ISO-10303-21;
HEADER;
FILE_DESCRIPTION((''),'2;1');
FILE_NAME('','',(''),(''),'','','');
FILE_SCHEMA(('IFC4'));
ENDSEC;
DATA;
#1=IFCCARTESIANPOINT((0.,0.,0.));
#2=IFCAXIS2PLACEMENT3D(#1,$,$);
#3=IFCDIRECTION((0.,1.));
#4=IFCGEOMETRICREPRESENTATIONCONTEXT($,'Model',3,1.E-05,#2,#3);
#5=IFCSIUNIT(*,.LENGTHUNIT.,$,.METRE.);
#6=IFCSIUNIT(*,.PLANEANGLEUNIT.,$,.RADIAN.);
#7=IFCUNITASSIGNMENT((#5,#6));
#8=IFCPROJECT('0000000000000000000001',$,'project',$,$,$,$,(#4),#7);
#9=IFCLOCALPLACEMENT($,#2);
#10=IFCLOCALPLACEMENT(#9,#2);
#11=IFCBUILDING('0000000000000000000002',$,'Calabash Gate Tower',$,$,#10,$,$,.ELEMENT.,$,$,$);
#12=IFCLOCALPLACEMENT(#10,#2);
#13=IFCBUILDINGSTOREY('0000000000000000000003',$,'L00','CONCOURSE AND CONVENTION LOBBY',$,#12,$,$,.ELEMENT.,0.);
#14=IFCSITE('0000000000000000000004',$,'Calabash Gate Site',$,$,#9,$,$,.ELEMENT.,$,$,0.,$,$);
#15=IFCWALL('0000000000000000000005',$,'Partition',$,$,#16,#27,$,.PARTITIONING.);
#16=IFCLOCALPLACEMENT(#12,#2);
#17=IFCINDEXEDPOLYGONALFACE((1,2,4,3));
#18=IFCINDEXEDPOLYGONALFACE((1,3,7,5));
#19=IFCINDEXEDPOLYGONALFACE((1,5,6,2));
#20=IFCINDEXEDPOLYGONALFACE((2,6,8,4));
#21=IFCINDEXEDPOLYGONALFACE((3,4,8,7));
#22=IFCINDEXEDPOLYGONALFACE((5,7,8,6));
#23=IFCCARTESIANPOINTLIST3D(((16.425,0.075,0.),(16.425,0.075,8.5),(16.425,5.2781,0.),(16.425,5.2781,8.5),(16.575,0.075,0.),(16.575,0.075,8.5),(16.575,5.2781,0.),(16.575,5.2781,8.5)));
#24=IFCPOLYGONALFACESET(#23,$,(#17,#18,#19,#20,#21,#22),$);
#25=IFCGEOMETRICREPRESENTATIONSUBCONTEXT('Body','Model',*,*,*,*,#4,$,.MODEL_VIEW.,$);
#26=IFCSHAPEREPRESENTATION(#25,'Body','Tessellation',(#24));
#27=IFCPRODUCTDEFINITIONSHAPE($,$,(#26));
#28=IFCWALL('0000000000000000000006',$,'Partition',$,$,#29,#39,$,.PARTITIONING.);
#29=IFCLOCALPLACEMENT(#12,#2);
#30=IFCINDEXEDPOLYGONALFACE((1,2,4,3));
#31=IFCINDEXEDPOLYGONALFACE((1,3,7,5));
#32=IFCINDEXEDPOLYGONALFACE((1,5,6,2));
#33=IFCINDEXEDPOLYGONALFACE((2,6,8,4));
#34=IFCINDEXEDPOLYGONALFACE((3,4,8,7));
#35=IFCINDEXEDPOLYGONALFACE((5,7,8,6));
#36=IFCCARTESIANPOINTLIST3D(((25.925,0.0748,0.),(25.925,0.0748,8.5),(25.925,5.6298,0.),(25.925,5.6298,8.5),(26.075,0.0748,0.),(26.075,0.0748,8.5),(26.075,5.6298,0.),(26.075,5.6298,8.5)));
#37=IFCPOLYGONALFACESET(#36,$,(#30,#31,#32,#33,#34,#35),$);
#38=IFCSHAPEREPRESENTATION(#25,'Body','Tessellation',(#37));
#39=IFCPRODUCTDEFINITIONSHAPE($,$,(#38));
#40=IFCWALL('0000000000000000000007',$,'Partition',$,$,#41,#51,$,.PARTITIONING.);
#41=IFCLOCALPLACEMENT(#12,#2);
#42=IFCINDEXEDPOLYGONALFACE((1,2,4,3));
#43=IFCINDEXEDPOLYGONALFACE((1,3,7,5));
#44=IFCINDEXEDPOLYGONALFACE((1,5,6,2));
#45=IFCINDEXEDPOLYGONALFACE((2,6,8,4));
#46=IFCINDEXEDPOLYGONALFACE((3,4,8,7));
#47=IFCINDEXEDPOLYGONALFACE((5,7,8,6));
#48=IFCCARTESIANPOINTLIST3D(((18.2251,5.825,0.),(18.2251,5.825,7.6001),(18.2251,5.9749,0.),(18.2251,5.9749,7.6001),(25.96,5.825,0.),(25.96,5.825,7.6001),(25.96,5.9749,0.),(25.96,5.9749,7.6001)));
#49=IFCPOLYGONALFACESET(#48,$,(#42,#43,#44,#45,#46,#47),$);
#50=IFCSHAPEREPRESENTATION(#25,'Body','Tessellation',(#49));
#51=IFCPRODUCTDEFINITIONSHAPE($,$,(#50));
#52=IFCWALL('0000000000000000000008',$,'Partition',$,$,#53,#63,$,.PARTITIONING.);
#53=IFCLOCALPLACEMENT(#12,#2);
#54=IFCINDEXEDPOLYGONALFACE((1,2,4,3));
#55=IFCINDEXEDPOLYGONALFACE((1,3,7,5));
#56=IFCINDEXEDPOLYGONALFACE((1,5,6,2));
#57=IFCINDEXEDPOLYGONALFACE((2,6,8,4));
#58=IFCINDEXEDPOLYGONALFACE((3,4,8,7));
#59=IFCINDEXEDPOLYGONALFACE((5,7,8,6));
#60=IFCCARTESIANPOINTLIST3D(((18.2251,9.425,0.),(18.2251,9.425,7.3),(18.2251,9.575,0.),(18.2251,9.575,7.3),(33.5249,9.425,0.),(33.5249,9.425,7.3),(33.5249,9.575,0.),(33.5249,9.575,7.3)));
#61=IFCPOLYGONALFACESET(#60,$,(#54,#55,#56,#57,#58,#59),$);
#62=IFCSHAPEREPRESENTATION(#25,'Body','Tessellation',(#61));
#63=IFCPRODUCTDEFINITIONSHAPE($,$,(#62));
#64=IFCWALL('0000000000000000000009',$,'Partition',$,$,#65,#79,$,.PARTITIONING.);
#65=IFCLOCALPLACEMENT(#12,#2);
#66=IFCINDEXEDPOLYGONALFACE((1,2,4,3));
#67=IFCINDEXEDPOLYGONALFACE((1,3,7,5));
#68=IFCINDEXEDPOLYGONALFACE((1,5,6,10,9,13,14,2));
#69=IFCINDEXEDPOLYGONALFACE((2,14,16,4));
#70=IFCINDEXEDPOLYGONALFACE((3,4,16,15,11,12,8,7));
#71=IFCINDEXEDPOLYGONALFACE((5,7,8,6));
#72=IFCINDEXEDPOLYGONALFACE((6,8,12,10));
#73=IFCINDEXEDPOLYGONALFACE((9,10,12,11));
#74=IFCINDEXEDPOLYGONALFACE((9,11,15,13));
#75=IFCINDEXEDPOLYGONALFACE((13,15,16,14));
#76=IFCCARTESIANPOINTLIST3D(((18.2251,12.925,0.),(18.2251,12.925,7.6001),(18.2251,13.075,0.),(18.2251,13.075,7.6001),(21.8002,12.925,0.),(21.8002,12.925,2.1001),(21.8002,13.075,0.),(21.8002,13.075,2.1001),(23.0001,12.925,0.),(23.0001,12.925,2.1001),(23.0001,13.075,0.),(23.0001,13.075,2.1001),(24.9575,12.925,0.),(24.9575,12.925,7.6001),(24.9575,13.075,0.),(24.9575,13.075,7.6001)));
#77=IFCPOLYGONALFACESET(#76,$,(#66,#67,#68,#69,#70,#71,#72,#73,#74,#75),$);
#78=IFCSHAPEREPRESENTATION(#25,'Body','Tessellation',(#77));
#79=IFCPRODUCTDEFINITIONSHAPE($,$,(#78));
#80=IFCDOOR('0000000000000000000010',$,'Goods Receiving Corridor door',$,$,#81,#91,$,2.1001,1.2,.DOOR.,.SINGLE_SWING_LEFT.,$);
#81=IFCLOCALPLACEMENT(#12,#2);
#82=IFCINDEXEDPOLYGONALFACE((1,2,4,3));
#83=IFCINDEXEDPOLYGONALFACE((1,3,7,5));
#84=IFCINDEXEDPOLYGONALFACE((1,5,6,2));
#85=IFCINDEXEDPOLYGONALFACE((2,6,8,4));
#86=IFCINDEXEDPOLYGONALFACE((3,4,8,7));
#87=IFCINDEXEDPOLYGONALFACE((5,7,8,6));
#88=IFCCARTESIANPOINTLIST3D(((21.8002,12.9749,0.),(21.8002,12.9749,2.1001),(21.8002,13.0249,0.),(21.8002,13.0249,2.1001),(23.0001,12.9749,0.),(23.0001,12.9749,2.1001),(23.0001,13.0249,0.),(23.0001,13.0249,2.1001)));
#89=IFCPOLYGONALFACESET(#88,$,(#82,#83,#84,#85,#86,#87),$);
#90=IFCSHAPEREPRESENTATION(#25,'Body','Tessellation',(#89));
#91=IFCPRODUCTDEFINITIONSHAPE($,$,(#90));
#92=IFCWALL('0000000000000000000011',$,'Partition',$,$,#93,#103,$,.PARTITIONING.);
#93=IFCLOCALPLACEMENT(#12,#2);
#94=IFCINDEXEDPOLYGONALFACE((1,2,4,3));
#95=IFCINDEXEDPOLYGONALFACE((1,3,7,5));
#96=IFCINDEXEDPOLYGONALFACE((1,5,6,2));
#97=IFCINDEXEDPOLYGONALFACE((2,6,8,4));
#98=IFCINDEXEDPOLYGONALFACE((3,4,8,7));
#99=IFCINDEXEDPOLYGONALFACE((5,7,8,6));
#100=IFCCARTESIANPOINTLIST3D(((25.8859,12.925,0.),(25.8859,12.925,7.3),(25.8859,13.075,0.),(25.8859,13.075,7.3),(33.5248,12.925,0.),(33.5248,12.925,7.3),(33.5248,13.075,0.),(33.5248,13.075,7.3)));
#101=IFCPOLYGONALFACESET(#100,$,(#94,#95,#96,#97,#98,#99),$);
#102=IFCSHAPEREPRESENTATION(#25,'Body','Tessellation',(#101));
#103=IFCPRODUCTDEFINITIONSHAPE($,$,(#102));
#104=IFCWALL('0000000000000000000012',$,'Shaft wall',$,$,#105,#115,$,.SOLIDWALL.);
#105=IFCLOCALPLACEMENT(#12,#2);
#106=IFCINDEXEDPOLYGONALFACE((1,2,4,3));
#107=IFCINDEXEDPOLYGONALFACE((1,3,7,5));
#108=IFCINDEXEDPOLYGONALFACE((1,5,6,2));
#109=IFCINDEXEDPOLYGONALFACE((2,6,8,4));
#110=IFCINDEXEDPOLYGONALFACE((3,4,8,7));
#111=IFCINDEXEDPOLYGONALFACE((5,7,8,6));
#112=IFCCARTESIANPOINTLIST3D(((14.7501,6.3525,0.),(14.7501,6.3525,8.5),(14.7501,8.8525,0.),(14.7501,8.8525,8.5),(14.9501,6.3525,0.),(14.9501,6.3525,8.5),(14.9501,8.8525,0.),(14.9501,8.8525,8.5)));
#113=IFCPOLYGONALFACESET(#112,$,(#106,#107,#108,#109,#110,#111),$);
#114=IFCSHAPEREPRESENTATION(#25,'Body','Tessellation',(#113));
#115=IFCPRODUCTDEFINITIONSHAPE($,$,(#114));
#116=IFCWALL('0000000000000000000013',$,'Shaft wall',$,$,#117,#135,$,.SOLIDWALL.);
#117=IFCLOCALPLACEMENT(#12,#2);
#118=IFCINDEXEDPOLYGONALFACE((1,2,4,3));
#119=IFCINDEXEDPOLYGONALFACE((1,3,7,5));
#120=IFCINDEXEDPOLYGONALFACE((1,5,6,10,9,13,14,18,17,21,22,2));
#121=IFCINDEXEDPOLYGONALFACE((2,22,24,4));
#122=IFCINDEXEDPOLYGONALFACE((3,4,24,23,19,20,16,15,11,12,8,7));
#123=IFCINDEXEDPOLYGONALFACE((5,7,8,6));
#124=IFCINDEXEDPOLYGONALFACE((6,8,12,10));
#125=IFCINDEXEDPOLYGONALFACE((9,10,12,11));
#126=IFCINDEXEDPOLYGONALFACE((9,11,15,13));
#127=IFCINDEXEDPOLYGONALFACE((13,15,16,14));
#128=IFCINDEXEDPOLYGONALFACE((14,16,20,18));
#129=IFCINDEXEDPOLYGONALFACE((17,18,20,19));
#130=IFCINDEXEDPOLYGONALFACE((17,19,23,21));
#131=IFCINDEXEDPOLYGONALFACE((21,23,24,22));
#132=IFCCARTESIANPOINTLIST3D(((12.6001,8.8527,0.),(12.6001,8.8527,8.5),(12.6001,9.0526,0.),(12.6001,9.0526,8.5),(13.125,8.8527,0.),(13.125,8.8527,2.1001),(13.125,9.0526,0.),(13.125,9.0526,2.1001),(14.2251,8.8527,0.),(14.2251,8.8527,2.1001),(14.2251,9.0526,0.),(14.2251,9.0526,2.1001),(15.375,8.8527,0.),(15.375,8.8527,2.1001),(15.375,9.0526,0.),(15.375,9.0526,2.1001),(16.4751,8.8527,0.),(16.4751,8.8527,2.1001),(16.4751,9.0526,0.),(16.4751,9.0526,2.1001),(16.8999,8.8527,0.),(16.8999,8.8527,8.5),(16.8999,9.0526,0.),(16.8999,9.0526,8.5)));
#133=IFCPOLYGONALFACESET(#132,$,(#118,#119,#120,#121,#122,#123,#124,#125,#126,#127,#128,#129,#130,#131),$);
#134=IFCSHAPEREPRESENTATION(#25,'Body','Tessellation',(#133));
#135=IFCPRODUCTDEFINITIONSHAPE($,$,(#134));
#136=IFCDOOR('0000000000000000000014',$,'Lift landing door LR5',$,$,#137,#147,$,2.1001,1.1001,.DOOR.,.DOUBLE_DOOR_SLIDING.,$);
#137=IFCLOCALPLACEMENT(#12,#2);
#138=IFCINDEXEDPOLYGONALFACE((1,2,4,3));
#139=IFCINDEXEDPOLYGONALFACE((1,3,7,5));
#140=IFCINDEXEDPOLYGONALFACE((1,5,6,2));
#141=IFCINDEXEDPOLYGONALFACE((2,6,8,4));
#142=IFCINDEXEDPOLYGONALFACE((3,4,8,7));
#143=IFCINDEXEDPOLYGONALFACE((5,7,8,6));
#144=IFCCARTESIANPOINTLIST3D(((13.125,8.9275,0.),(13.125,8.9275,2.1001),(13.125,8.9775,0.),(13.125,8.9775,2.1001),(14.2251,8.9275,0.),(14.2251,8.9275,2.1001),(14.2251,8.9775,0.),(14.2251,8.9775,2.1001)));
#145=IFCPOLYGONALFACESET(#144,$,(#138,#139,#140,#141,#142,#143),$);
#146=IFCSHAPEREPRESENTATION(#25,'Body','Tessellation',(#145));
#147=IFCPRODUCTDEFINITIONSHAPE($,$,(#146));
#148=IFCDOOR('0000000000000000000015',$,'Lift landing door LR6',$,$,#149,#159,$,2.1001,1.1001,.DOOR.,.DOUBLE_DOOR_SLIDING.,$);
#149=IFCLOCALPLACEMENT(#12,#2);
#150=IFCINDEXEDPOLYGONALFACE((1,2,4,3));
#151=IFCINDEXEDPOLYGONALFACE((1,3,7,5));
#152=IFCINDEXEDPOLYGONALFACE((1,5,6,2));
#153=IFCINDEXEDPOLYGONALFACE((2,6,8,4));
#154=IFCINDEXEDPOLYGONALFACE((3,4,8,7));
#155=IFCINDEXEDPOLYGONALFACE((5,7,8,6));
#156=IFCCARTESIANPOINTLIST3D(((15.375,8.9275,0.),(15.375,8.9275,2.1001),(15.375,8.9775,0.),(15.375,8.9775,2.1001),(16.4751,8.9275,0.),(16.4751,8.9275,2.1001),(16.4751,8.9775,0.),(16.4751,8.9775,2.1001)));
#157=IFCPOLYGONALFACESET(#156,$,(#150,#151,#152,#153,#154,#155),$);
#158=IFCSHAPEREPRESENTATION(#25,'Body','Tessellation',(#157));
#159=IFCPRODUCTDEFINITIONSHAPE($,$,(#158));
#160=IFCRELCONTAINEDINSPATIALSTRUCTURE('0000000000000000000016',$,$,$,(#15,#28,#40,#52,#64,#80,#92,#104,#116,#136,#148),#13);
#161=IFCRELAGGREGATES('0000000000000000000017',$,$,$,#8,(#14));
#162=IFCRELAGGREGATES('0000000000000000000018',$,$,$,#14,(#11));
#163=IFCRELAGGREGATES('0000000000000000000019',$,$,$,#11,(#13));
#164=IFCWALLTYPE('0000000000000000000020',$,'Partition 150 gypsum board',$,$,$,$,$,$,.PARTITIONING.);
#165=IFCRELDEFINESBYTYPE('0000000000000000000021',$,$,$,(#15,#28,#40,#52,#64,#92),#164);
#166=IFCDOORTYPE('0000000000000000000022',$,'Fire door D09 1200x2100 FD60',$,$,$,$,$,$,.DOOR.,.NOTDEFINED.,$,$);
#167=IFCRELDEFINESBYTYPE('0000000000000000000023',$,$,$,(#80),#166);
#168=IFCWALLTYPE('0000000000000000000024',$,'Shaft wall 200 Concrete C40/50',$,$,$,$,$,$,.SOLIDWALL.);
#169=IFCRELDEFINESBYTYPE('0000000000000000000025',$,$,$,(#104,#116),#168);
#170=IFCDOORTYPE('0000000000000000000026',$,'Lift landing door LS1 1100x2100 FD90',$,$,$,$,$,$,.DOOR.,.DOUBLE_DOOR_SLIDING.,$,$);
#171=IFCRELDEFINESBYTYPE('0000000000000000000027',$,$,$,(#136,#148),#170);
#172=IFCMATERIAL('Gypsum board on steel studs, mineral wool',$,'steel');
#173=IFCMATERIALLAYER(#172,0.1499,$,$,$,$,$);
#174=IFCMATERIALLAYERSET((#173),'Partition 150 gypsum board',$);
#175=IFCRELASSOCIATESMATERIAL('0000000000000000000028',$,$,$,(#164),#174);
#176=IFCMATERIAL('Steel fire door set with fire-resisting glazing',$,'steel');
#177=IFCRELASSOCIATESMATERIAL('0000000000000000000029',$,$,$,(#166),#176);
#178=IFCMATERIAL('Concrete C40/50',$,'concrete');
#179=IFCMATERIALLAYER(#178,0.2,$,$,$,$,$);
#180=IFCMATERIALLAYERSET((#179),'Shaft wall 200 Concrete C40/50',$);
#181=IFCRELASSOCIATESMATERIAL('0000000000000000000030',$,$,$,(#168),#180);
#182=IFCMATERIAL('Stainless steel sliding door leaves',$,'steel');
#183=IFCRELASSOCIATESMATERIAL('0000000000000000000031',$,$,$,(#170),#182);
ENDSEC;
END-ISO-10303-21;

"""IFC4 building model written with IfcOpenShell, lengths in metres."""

from ifc_helpers import new_model, si_unit, direction, frame, frame_2d, origin, place, context, subcontext, project, spatial, rectangle, extrude, material, layer, layer_set, type_object, element, fill, save


model = new_model("IFC4")

# Units and contexts
model_context = context("Model", 3, precision=1e-05, world=origin(), true_north=direction((0.0, 1.0)))
body_context = subcontext(model_context, "Body", "Model", "MODEL_VIEW")
ifc_project = project(units=[si_unit("LENGTHUNIT", "METRE"), si_unit("PLANEANGLEUNIT", "RADIAN")], contexts=[model_context])

# Site, building, storey
site_placement = place(None, origin())
site = spatial("IfcSite", under=ifc_project, at=site_placement, Name="Calabash Gate Site", CompositionType="ELEMENT", RefElevation=0.0)
building_placement = place(site_placement, origin())
building = spatial("IfcBuilding", under=site, at=building_placement, Name="Calabash Gate Tower", CompositionType="ELEMENT")
storey_placement = place(building_placement, origin())
storey = spatial("IfcBuildingStorey", under=building, at=storey_placement, Name="L00", Description="CONCOURSE AND CONVENTION LOBBY", CompositionType="ELEMENT", Elevation=0.0)

# Walls
ifc_material_1 = material(Name="Gypsum board on steel studs, mineral wool", Category="steel")
ifc_layer_1 = layer(ifc_material_1, 0.1499)
ifc_layer_set_1 = layer_set([ifc_layer_1], Name="Partition 150 gypsum board")
wall_type_1 = type_object("IfcWallType", Name="Partition 150 gypsum board", PredefinedType="PARTITIONING", material=ifc_layer_set_1)
wall_1_placement = place(storey_placement, frame((16.5, 0.075, 0.0), z_axis=(0.0, 0.0, 1.0), x_axis=(0.0, 1.0, 0.0)))
element("IfcWall", 1, at=wall_1_placement, inside=storey, type_object=wall_type_1, Name="Partition", PredefinedType="PARTITIONING", context=body_context, shape_type="SweptSolid", body=[
    extrude(rectangle(XDim=5.2031, YDim=0.1499, at=frame_2d((2.6016, 0.0))), origin(), (0.0, 0.0, 1.0), 8.5),
])
wall_2_placement = place(storey_placement, frame((26.0, 0.075, 0.0), z_axis=(0.0, 0.0, 1.0), x_axis=(0.0, 1.0, 0.0)))
element("IfcWall", 2, at=wall_2_placement, inside=storey, type_object=wall_type_1, Name="Partition", PredefinedType="PARTITIONING", context=body_context, shape_type="SweptSolid", body=[
    extrude(rectangle(XDim=5.5549, YDim=0.1499, at=frame_2d((2.7773, 0.0))), origin(), (0.0, 0.0, 1.0), 8.5),
])
wall_3_placement = place(storey_placement, frame((18.2251, 5.8999, 0.0), z_axis=(0.0, 0.0, 1.0), x_axis=(1.0, 0.0, 0.0)))
element("IfcWall", 3, at=wall_3_placement, inside=storey, type_object=wall_type_1, Name="Partition", PredefinedType="PARTITIONING", context=body_context, shape_type="SweptSolid", body=[
    extrude(rectangle(XDim=7.7349, YDim=0.1499, at=frame_2d((3.8674, 0.0))), origin(), (0.0, 0.0, 1.0), 7.6001),
])
wall_4_placement = place(storey_placement, frame((18.2251, 9.5, 0.0), z_axis=(0.0, 0.0, 1.0), x_axis=(1.0, 0.0, 0.0)))
element("IfcWall", 4, at=wall_4_placement, inside=storey, type_object=wall_type_1, Name="Partition", PredefinedType="PARTITIONING", context=body_context, shape_type="SweptSolid", body=[
    extrude(rectangle(XDim=15.2998, YDim=0.1499, at=frame_2d((7.6499, 0.0))), origin(), (0.0, 0.0, 1.0), 7.3),
])

# Wall, opening, door
wall_5_placement = place(storey_placement, frame((18.2251, 13.0, 0.0), z_axis=(0.0, 0.0, 1.0), x_axis=(1.0, 0.0, 0.0)))
wall_5 = element("IfcWall", 5, at=wall_5_placement, inside=storey, type_object=wall_type_1, Name="Partition", PredefinedType="PARTITIONING", context=body_context, shape_type="SweptSolid", body=[
    extrude(rectangle(XDim=6.7324, YDim=0.1499, at=frame_2d((3.3662, 0.0))), origin(), (0.0, 0.0, 1.0), 7.6001),
])
opening_1_placement = place(wall_5_placement, frame((3.575, 0.0, 0.0)))
opening_1 = element("IfcOpeningElement", 6, at=opening_1_placement, cuts=wall_5, PredefinedType="OPENING", context=body_context, shape_type="SweptSolid", body=[
    extrude(rectangle(XDim=1.2, YDim=2.1001, at=frame_2d((0.6001, 1.05))), frame((0.0, 0.085, 0.0), z_axis=(0.0, -1.0, 0.0), x_axis=(1.0, 0.0, 0.0)), (0.0, 0.0, 1.0), 0.1699),
])
ifc_material_2 = material(Name="Steel fire door set with fire-resisting glazing", Category="steel")
door_type_1 = type_object("IfcDoorType", Name="Fire door D09 1200x2100 FD60", OperationType="NOTDEFINED", PredefinedType="DOOR", material=ifc_material_2)
door_1_placement = place(opening_1_placement, origin())
door_1 = element("IfcDoor", 7, at=door_1_placement, inside=storey, type_object=door_type_1, Name="Goods Receiving Corridor door", OperationType="SINGLE_SWING_LEFT", OverallHeight=2.1001, OverallWidth=1.2, PredefinedType="DOOR", context=body_context, shape_type="SweptSolid", body=[
    extrude(rectangle(XDim=1.2, YDim=2.1001, at=frame_2d((0.6001, 1.05))), frame((0.0, 0.0249, 0.0), z_axis=(0.0, -1.0, 0.0), x_axis=(1.0, 0.0, 0.0)), (0.0, 0.0, 1.0), 0.05),
])
fill(opening_1, door_1)

# Walls
wall_6_placement = place(storey_placement, frame((25.886, 13.0, 0.0), z_axis=(0.0, 0.0, 1.0), x_axis=(1.0, 0.0, 0.0)))
element("IfcWall", 8, at=wall_6_placement, inside=storey, type_object=wall_type_1, Name="Partition", PredefinedType="PARTITIONING", context=body_context, shape_type="SweptSolid", body=[
    extrude(rectangle(XDim=7.6389, YDim=0.1499, at=frame_2d((3.8193, 0.0))), origin(), (0.0, 0.0, 1.0), 7.3),
])
ifc_material_3 = material(Name="Concrete C40/50", Category="concrete")
ifc_layer_2 = layer(ifc_material_3, 0.2)
ifc_layer_set_2 = layer_set([ifc_layer_2], Name="Shaft wall 200 Concrete C40/50")
wall_type_2 = type_object("IfcWallType", Name="Shaft wall 200 Concrete C40/50", PredefinedType="SOLIDWALL", material=ifc_layer_set_2)
wall_7_placement = place(storey_placement, frame((14.8501, 6.3525, 0.0), z_axis=(0.0, 0.0, 1.0), x_axis=(0.0, 1.0, 0.0)))
element("IfcWall", 9, at=wall_7_placement, inside=storey, type_object=wall_type_2, Name="Shaft wall", PredefinedType="SOLIDWALL", context=body_context, shape_type="SweptSolid", body=[
    extrude(rectangle(XDim=2.5, YDim=0.2, at=frame_2d((1.25, 0.0))), origin(), (0.0, 0.0, 1.0), 8.5),
])

# Wall, openings, doors
wall_8_placement = place(storey_placement, frame((12.6001, 8.9526, 0.0), z_axis=(0.0, 0.0, 1.0), x_axis=(1.0, 0.0, 0.0)))
wall_8 = element("IfcWall", 10, at=wall_8_placement, inside=storey, type_object=wall_type_2, Name="Shaft wall", PredefinedType="SOLIDWALL", context=body_context, shape_type="SweptSolid", body=[
    extrude(rectangle(XDim=4.2998, YDim=0.2, at=frame_2d((2.1499, 0.0))), origin(), (0.0, 0.0, 1.0), 8.5),
])
opening_2_placement = place(wall_8_placement, frame((0.5249, 0.0, 0.0)))
opening_2 = element("IfcOpeningElement", 11, at=opening_2_placement, cuts=wall_8, PredefinedType="OPENING", context=body_context, shape_type="SweptSolid", body=[
    extrude(rectangle(XDim=1.1001, YDim=2.1001, at=frame_2d((0.55, 1.05))), frame((0.0, 0.1099, 0.0), z_axis=(0.0, -1.0, 0.0), x_axis=(1.0, 0.0, 0.0)), (0.0, 0.0, 1.0), 0.22),
])
opening_3_placement = place(wall_8_placement, frame((2.7749, 0.0, 0.0)))
opening_3 = element("IfcOpeningElement", 12, at=opening_3_placement, cuts=wall_8, PredefinedType="OPENING", context=body_context, shape_type="SweptSolid", body=[
    extrude(rectangle(XDim=1.1001, YDim=2.1001, at=frame_2d((0.55, 1.05))), frame((0.0, 0.1099, 0.0), z_axis=(0.0, -1.0, 0.0), x_axis=(1.0, 0.0, 0.0)), (0.0, 0.0, 1.0), 0.22),
])
ifc_material_4 = material(Name="Stainless steel sliding door leaves", Category="steel")
door_type_2 = type_object("IfcDoorType", Name="Lift landing door LS1 1100x2100 FD90", OperationType="DOUBLE_DOOR_SLIDING", PredefinedType="DOOR", material=ifc_material_4)
door_2_placement = place(opening_2_placement, origin())
door_2 = element("IfcDoor", 13, at=door_2_placement, inside=storey, type_object=door_type_2, Name="Lift landing door LR5", OperationType="DOUBLE_DOOR_SLIDING", OverallHeight=2.1001, OverallWidth=1.1001, PredefinedType="DOOR", context=body_context, shape_type="SweptSolid", body=[
    extrude(rectangle(XDim=1.1001, YDim=2.1001, at=frame_2d((0.55, 1.05))), frame((0.0, 0.0249, 0.0), z_axis=(0.0, -1.0, 0.0), x_axis=(1.0, 0.0, 0.0)), (0.0, 0.0, 1.0), 0.05),
])
fill(opening_2, door_2)
door_3_placement = place(opening_3_placement, origin())
door_3 = element("IfcDoor", 14, at=door_3_placement, inside=storey, type_object=door_type_2, Name="Lift landing door LR6", OperationType="DOUBLE_DOOR_SLIDING", OverallHeight=2.1001, OverallWidth=1.1001, PredefinedType="DOOR", context=body_context, shape_type="SweptSolid", body=[
    extrude(rectangle(XDim=1.1001, YDim=2.1001, at=frame_2d((0.55, 1.05))), frame((0.0, 0.0249, 0.0), z_axis=(0.0, -1.0, 0.0), x_axis=(1.0, 0.0, 0.0)), (0.0, 0.0, 1.0), 0.05),
])
fill(opening_3, door_3)

save(model, "model.ifc")
